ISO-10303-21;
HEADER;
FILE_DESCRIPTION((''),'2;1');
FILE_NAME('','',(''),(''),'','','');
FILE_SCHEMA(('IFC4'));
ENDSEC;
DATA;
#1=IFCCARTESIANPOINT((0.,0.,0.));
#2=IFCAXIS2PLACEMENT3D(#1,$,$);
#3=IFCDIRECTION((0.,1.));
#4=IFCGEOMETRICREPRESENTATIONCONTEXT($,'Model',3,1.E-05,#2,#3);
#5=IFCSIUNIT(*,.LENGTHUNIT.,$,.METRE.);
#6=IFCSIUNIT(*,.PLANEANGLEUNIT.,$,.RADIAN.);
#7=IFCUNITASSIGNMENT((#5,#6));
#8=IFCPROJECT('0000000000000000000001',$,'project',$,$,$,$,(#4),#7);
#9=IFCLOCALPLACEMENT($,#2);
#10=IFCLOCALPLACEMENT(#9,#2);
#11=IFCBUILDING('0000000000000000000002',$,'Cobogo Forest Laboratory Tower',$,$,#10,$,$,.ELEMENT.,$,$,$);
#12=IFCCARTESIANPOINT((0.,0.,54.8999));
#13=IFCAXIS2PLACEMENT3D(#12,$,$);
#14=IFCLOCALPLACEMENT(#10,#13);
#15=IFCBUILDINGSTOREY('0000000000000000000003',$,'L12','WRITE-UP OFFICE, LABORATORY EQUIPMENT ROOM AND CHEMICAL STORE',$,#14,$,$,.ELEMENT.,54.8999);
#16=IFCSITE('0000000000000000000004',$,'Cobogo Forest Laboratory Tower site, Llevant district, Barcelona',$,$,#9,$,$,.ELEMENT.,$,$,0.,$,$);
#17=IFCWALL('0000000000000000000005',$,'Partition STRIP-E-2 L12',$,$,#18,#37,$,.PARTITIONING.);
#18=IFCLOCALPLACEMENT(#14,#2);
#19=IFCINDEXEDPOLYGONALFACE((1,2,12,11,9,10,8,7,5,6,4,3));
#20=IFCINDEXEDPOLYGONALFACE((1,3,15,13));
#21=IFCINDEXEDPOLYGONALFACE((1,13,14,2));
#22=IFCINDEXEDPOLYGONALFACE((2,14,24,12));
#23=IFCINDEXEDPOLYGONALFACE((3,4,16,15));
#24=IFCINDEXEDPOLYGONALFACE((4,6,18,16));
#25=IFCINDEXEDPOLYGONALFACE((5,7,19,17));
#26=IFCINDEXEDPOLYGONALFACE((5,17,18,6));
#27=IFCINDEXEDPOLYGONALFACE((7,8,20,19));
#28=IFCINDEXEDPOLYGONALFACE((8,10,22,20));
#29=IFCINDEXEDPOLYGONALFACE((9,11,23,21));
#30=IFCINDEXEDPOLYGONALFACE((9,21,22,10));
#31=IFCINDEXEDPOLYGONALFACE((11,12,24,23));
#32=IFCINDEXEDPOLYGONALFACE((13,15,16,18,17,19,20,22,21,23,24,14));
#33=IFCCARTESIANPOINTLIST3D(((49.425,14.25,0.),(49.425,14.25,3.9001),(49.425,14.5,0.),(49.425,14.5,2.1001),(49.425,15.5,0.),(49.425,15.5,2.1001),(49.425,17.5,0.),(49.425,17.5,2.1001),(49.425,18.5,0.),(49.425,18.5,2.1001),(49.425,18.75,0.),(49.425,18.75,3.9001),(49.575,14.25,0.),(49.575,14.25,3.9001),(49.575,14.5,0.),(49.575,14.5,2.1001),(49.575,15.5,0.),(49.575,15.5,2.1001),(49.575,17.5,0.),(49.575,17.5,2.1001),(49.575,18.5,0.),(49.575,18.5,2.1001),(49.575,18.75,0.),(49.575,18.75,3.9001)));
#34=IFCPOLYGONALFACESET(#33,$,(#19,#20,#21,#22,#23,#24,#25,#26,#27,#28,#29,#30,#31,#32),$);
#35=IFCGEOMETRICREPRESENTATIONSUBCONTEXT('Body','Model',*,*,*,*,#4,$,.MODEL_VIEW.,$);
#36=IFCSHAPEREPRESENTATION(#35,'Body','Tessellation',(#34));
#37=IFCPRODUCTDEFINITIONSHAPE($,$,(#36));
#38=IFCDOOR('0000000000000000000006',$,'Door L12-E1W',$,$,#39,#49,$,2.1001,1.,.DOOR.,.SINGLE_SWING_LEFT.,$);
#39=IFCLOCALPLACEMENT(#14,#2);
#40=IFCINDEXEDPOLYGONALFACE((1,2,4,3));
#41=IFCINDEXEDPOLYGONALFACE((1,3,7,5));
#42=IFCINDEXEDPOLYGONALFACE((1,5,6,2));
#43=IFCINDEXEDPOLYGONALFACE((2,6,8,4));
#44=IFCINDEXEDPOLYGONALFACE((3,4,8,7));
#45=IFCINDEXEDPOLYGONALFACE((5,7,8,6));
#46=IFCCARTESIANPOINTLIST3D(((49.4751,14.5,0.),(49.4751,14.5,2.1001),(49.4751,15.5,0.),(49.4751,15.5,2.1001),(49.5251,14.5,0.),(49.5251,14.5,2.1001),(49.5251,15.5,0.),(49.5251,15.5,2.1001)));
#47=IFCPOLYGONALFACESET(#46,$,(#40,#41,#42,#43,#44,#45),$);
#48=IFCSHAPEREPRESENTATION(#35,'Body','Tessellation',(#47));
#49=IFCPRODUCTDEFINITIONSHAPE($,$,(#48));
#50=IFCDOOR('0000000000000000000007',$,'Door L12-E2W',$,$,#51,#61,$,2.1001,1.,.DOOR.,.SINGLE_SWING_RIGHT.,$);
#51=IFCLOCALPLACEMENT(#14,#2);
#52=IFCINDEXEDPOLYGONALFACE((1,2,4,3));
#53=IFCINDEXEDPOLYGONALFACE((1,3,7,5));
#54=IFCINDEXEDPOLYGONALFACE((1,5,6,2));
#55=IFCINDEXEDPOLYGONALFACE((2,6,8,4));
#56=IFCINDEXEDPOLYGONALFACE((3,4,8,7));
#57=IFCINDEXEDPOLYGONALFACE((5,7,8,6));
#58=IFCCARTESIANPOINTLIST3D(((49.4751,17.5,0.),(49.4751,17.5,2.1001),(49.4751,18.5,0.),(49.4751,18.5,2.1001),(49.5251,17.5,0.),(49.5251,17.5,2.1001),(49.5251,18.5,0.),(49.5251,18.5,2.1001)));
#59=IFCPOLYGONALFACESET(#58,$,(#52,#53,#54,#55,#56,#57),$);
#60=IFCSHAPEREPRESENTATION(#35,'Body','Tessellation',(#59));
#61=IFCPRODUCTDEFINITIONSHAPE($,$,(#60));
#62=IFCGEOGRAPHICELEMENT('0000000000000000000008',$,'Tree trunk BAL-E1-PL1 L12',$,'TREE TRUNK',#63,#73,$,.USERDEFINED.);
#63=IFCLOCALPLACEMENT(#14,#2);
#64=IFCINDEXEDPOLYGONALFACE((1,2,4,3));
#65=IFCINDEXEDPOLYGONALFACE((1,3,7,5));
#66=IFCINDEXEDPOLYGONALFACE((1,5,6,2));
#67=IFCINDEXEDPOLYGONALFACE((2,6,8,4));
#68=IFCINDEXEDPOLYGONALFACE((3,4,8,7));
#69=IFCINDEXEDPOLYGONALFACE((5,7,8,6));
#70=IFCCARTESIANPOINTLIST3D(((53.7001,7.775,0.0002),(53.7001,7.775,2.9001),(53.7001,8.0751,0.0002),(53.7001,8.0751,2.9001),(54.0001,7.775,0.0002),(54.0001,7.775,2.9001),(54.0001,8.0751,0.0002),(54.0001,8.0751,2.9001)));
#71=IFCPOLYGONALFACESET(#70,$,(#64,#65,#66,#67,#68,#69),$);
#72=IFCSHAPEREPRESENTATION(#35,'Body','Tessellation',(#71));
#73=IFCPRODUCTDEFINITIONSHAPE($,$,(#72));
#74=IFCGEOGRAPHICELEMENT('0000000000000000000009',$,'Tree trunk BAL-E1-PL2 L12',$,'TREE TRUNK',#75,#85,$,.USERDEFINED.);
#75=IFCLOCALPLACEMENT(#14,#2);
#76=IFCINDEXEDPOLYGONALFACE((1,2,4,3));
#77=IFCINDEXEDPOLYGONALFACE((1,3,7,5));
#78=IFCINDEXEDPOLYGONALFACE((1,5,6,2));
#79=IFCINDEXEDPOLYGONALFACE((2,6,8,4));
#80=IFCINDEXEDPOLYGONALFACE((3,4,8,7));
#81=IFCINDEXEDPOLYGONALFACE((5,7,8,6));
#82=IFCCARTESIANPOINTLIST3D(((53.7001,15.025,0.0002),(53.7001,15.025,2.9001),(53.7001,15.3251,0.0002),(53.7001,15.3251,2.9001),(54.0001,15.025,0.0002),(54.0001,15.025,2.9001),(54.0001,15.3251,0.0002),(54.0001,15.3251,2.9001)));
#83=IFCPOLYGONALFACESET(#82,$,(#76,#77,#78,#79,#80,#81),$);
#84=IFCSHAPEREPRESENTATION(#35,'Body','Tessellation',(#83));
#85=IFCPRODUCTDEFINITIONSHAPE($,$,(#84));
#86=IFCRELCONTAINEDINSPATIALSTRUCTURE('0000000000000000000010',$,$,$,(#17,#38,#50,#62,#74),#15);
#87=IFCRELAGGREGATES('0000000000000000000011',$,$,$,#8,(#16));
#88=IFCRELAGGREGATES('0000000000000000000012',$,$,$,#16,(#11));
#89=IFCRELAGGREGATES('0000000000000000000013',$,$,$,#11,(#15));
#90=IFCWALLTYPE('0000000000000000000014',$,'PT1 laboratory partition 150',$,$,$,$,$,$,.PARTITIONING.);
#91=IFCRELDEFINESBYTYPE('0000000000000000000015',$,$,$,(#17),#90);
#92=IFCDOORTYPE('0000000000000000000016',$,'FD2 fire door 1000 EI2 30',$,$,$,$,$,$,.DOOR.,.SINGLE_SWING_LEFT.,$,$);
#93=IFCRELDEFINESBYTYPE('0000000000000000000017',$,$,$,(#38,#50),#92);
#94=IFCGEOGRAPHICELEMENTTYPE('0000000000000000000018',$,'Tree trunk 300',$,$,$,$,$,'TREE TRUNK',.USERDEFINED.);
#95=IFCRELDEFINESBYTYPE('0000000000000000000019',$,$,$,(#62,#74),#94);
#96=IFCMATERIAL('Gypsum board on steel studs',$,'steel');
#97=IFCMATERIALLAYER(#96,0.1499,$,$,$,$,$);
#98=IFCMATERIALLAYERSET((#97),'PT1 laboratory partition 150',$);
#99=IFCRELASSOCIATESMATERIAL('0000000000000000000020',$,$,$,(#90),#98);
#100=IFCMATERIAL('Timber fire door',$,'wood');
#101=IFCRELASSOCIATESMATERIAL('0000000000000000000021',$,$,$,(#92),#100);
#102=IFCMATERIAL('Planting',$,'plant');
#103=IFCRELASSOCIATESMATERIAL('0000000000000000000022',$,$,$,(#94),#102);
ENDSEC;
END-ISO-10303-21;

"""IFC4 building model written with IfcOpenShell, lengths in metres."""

from ifc_helpers import new_model, si_unit, direction, frame, frame_2d, origin, origin_2d, place, context, subcontext, project, spatial, rectangle, extrude, material, layer, layer_set, type_object, element, fill, save


model = new_model("IFC4")

# Units and contexts
model_context = context("Model", 3, precision=1e-05, world=origin(), true_north=direction((0.0, 1.0)))
body_context = subcontext(model_context, "Body", "Model", "MODEL_VIEW")
ifc_project = project(units=[si_unit("LENGTHUNIT", "METRE"), si_unit("PLANEANGLEUNIT", "RADIAN")], contexts=[model_context])

# Site, building, storey
site_placement = place(None, origin())
site = spatial("IfcSite", under=ifc_project, at=site_placement, Name="Cobogo Forest Laboratory Tower site, Llevant district, Barcelona", CompositionType="ELEMENT", RefElevation=0.0)
building_placement = place(site_placement, origin())
building = spatial("IfcBuilding", under=site, at=building_placement, Name="Cobogo Forest Laboratory Tower", CompositionType="ELEMENT")
storey_placement = place(building_placement, frame((0.0, 0.0, 54.8999)))
storey = spatial("IfcBuildingStorey", under=building, at=storey_placement, Name="L12", Description="WRITE-UP OFFICE, LABORATORY EQUIPMENT ROOM AND CHEMICAL STORE", CompositionType="ELEMENT", Elevation=54.8999)

# Shared definitions
ifc_material_1 = material(Name="Gypsum board on steel studs", Category="steel")
ifc_layer_1 = layer(ifc_material_1, 0.1499)
ifc_layer_set_1 = layer_set([ifc_layer_1], Name="PT1 laboratory partition 150")
wall_type_1 = type_object("IfcWallType", Name="PT1 laboratory partition 150", PredefinedType="PARTITIONING", material=ifc_layer_set_1)

# Wall, openings, doors
wall_1_placement = place(storey_placement, frame((49.5, 14.25, 0.0), z_axis=(0.0, 0.0, 1.0), x_axis=(0.0, 1.0, 0.0)))
wall_1 = element("IfcWall", 1, at=wall_1_placement, inside=storey, type_object=wall_type_1, Name="Partition STRIP-E-2 L12", PredefinedType="PARTITIONING", context=body_context, shape_type="SweptSolid", body=[
    extrude(rectangle(XDim=4.5, YDim=0.1499, at=frame_2d((2.25, 0.0))), origin(), (0.0, 0.0, 1.0), 3.9001),
])
opening_1_placement = place(wall_1_placement, frame((0.25, 0.0, 0.0)))
opening_1 = element("IfcOpeningElement", 2, at=opening_1_placement, cuts=wall_1, PredefinedType="OPENING", context=body_context, shape_type="SweptSolid", body=[
    extrude(rectangle(XDim=1.0, YDim=2.1001, at=frame_2d((0.5, 1.05))), frame((0.0, 0.085, 0.0), z_axis=(0.0, -1.0, 0.0), x_axis=(1.0, 0.0, 0.0)), (0.0, 0.0, 1.0), 0.1699),
])
opening_2_placement = place(wall_1_placement, frame((3.25, 0.0, 0.0)))
opening_2 = element("IfcOpeningElement", 3, at=opening_2_placement, cuts=wall_1, PredefinedType="OPENING", context=body_context, shape_type="SweptSolid", body=[
    extrude(rectangle(XDim=1.0, YDim=2.1001, at=frame_2d((0.5, 1.05))), frame((0.0, 0.085, 0.0), z_axis=(0.0, -1.0, 0.0), x_axis=(1.0, 0.0, 0.0)), (0.0, 0.0, 1.0), 0.1699),
])
ifc_material_2 = material(Name="Timber fire door", Category="wood")
door_type_1 = type_object("IfcDoorType", Name="FD2 fire door 1000 EI2 30", OperationType="SINGLE_SWING_LEFT", PredefinedType="DOOR", material=ifc_material_2)
door_1_placement = place(opening_1_placement, origin())
door_1 = element("IfcDoor", 4, at=door_1_placement, inside=storey, type_object=door_type_1, Name="Door L12-E1W", OperationType="SINGLE_SWING_LEFT", OverallHeight=2.1001, OverallWidth=1.0, PredefinedType="DOOR", context=body_context, shape_type="SweptSolid", body=[
    extrude(rectangle(XDim=1.0, YDim=2.1001, at=frame_2d((0.5, 1.05))), frame((0.0, 0.0249, 0.0), z_axis=(0.0, -1.0, 0.0), x_axis=(1.0, 0.0, 0.0)), (0.0, 0.0, 1.0), 0.05),
])
fill(opening_1, door_1)
door_2_placement = place(opening_2_placement, origin())
door_2 = element("IfcDoor", 5, at=door_2_placement, inside=storey, type_object=door_type_1, Name="Door L12-E2W", OperationType="SINGLE_SWING_RIGHT", OverallHeight=2.1001, OverallWidth=1.0, PredefinedType="DOOR", context=body_context, shape_type="SweptSolid", body=[
    extrude(rectangle(XDim=1.0, YDim=2.1001, at=frame_2d((0.5, 1.05))), frame((0.0, 0.0249, 0.0), z_axis=(0.0, -1.0, 0.0), x_axis=(1.0, 0.0, 0.0)), (0.0, 0.0, 1.0), 0.05),
])
fill(opening_2, door_2)

# Geographic elements
ifc_material_3 = material(Name="Planting", Category="plant")
geographic_element_type = type_object("IfcGeographicElementType", Name="Tree trunk 300", ElementType="TREE TRUNK", PredefinedType="USERDEFINED", material=ifc_material_3)
for number, where, z_axis, x_axis, name in (
    (6, (53.8501, 7.925, 0.0002), (0.0, 0.0, 1.0), (1.0, 0.0, 0.0), "Tree trunk BAL-E1-PL1 L12"),
    (7, (53.8501, 15.175, 0.0002), (0.0, 0.0, 1.0), (1.0, 0.0, 0.0), "Tree trunk BAL-E1-PL2 L12"),
):
    element("IfcGeographicElement", number, at=place(storey_placement, frame(where, z_axis=z_axis, x_axis=x_axis)), inside=storey, type_object=geographic_element_type, Name=name, ObjectType="TREE TRUNK", PredefinedType="USERDEFINED", context=body_context, shape_type="SweptSolid", body=[
        extrude(rectangle(XDim=0.3, YDim=0.3, at=origin_2d()), origin(), (0.0, 0.0, 1.0), 2.8999),
    ])

save(model, "model.ifc")
